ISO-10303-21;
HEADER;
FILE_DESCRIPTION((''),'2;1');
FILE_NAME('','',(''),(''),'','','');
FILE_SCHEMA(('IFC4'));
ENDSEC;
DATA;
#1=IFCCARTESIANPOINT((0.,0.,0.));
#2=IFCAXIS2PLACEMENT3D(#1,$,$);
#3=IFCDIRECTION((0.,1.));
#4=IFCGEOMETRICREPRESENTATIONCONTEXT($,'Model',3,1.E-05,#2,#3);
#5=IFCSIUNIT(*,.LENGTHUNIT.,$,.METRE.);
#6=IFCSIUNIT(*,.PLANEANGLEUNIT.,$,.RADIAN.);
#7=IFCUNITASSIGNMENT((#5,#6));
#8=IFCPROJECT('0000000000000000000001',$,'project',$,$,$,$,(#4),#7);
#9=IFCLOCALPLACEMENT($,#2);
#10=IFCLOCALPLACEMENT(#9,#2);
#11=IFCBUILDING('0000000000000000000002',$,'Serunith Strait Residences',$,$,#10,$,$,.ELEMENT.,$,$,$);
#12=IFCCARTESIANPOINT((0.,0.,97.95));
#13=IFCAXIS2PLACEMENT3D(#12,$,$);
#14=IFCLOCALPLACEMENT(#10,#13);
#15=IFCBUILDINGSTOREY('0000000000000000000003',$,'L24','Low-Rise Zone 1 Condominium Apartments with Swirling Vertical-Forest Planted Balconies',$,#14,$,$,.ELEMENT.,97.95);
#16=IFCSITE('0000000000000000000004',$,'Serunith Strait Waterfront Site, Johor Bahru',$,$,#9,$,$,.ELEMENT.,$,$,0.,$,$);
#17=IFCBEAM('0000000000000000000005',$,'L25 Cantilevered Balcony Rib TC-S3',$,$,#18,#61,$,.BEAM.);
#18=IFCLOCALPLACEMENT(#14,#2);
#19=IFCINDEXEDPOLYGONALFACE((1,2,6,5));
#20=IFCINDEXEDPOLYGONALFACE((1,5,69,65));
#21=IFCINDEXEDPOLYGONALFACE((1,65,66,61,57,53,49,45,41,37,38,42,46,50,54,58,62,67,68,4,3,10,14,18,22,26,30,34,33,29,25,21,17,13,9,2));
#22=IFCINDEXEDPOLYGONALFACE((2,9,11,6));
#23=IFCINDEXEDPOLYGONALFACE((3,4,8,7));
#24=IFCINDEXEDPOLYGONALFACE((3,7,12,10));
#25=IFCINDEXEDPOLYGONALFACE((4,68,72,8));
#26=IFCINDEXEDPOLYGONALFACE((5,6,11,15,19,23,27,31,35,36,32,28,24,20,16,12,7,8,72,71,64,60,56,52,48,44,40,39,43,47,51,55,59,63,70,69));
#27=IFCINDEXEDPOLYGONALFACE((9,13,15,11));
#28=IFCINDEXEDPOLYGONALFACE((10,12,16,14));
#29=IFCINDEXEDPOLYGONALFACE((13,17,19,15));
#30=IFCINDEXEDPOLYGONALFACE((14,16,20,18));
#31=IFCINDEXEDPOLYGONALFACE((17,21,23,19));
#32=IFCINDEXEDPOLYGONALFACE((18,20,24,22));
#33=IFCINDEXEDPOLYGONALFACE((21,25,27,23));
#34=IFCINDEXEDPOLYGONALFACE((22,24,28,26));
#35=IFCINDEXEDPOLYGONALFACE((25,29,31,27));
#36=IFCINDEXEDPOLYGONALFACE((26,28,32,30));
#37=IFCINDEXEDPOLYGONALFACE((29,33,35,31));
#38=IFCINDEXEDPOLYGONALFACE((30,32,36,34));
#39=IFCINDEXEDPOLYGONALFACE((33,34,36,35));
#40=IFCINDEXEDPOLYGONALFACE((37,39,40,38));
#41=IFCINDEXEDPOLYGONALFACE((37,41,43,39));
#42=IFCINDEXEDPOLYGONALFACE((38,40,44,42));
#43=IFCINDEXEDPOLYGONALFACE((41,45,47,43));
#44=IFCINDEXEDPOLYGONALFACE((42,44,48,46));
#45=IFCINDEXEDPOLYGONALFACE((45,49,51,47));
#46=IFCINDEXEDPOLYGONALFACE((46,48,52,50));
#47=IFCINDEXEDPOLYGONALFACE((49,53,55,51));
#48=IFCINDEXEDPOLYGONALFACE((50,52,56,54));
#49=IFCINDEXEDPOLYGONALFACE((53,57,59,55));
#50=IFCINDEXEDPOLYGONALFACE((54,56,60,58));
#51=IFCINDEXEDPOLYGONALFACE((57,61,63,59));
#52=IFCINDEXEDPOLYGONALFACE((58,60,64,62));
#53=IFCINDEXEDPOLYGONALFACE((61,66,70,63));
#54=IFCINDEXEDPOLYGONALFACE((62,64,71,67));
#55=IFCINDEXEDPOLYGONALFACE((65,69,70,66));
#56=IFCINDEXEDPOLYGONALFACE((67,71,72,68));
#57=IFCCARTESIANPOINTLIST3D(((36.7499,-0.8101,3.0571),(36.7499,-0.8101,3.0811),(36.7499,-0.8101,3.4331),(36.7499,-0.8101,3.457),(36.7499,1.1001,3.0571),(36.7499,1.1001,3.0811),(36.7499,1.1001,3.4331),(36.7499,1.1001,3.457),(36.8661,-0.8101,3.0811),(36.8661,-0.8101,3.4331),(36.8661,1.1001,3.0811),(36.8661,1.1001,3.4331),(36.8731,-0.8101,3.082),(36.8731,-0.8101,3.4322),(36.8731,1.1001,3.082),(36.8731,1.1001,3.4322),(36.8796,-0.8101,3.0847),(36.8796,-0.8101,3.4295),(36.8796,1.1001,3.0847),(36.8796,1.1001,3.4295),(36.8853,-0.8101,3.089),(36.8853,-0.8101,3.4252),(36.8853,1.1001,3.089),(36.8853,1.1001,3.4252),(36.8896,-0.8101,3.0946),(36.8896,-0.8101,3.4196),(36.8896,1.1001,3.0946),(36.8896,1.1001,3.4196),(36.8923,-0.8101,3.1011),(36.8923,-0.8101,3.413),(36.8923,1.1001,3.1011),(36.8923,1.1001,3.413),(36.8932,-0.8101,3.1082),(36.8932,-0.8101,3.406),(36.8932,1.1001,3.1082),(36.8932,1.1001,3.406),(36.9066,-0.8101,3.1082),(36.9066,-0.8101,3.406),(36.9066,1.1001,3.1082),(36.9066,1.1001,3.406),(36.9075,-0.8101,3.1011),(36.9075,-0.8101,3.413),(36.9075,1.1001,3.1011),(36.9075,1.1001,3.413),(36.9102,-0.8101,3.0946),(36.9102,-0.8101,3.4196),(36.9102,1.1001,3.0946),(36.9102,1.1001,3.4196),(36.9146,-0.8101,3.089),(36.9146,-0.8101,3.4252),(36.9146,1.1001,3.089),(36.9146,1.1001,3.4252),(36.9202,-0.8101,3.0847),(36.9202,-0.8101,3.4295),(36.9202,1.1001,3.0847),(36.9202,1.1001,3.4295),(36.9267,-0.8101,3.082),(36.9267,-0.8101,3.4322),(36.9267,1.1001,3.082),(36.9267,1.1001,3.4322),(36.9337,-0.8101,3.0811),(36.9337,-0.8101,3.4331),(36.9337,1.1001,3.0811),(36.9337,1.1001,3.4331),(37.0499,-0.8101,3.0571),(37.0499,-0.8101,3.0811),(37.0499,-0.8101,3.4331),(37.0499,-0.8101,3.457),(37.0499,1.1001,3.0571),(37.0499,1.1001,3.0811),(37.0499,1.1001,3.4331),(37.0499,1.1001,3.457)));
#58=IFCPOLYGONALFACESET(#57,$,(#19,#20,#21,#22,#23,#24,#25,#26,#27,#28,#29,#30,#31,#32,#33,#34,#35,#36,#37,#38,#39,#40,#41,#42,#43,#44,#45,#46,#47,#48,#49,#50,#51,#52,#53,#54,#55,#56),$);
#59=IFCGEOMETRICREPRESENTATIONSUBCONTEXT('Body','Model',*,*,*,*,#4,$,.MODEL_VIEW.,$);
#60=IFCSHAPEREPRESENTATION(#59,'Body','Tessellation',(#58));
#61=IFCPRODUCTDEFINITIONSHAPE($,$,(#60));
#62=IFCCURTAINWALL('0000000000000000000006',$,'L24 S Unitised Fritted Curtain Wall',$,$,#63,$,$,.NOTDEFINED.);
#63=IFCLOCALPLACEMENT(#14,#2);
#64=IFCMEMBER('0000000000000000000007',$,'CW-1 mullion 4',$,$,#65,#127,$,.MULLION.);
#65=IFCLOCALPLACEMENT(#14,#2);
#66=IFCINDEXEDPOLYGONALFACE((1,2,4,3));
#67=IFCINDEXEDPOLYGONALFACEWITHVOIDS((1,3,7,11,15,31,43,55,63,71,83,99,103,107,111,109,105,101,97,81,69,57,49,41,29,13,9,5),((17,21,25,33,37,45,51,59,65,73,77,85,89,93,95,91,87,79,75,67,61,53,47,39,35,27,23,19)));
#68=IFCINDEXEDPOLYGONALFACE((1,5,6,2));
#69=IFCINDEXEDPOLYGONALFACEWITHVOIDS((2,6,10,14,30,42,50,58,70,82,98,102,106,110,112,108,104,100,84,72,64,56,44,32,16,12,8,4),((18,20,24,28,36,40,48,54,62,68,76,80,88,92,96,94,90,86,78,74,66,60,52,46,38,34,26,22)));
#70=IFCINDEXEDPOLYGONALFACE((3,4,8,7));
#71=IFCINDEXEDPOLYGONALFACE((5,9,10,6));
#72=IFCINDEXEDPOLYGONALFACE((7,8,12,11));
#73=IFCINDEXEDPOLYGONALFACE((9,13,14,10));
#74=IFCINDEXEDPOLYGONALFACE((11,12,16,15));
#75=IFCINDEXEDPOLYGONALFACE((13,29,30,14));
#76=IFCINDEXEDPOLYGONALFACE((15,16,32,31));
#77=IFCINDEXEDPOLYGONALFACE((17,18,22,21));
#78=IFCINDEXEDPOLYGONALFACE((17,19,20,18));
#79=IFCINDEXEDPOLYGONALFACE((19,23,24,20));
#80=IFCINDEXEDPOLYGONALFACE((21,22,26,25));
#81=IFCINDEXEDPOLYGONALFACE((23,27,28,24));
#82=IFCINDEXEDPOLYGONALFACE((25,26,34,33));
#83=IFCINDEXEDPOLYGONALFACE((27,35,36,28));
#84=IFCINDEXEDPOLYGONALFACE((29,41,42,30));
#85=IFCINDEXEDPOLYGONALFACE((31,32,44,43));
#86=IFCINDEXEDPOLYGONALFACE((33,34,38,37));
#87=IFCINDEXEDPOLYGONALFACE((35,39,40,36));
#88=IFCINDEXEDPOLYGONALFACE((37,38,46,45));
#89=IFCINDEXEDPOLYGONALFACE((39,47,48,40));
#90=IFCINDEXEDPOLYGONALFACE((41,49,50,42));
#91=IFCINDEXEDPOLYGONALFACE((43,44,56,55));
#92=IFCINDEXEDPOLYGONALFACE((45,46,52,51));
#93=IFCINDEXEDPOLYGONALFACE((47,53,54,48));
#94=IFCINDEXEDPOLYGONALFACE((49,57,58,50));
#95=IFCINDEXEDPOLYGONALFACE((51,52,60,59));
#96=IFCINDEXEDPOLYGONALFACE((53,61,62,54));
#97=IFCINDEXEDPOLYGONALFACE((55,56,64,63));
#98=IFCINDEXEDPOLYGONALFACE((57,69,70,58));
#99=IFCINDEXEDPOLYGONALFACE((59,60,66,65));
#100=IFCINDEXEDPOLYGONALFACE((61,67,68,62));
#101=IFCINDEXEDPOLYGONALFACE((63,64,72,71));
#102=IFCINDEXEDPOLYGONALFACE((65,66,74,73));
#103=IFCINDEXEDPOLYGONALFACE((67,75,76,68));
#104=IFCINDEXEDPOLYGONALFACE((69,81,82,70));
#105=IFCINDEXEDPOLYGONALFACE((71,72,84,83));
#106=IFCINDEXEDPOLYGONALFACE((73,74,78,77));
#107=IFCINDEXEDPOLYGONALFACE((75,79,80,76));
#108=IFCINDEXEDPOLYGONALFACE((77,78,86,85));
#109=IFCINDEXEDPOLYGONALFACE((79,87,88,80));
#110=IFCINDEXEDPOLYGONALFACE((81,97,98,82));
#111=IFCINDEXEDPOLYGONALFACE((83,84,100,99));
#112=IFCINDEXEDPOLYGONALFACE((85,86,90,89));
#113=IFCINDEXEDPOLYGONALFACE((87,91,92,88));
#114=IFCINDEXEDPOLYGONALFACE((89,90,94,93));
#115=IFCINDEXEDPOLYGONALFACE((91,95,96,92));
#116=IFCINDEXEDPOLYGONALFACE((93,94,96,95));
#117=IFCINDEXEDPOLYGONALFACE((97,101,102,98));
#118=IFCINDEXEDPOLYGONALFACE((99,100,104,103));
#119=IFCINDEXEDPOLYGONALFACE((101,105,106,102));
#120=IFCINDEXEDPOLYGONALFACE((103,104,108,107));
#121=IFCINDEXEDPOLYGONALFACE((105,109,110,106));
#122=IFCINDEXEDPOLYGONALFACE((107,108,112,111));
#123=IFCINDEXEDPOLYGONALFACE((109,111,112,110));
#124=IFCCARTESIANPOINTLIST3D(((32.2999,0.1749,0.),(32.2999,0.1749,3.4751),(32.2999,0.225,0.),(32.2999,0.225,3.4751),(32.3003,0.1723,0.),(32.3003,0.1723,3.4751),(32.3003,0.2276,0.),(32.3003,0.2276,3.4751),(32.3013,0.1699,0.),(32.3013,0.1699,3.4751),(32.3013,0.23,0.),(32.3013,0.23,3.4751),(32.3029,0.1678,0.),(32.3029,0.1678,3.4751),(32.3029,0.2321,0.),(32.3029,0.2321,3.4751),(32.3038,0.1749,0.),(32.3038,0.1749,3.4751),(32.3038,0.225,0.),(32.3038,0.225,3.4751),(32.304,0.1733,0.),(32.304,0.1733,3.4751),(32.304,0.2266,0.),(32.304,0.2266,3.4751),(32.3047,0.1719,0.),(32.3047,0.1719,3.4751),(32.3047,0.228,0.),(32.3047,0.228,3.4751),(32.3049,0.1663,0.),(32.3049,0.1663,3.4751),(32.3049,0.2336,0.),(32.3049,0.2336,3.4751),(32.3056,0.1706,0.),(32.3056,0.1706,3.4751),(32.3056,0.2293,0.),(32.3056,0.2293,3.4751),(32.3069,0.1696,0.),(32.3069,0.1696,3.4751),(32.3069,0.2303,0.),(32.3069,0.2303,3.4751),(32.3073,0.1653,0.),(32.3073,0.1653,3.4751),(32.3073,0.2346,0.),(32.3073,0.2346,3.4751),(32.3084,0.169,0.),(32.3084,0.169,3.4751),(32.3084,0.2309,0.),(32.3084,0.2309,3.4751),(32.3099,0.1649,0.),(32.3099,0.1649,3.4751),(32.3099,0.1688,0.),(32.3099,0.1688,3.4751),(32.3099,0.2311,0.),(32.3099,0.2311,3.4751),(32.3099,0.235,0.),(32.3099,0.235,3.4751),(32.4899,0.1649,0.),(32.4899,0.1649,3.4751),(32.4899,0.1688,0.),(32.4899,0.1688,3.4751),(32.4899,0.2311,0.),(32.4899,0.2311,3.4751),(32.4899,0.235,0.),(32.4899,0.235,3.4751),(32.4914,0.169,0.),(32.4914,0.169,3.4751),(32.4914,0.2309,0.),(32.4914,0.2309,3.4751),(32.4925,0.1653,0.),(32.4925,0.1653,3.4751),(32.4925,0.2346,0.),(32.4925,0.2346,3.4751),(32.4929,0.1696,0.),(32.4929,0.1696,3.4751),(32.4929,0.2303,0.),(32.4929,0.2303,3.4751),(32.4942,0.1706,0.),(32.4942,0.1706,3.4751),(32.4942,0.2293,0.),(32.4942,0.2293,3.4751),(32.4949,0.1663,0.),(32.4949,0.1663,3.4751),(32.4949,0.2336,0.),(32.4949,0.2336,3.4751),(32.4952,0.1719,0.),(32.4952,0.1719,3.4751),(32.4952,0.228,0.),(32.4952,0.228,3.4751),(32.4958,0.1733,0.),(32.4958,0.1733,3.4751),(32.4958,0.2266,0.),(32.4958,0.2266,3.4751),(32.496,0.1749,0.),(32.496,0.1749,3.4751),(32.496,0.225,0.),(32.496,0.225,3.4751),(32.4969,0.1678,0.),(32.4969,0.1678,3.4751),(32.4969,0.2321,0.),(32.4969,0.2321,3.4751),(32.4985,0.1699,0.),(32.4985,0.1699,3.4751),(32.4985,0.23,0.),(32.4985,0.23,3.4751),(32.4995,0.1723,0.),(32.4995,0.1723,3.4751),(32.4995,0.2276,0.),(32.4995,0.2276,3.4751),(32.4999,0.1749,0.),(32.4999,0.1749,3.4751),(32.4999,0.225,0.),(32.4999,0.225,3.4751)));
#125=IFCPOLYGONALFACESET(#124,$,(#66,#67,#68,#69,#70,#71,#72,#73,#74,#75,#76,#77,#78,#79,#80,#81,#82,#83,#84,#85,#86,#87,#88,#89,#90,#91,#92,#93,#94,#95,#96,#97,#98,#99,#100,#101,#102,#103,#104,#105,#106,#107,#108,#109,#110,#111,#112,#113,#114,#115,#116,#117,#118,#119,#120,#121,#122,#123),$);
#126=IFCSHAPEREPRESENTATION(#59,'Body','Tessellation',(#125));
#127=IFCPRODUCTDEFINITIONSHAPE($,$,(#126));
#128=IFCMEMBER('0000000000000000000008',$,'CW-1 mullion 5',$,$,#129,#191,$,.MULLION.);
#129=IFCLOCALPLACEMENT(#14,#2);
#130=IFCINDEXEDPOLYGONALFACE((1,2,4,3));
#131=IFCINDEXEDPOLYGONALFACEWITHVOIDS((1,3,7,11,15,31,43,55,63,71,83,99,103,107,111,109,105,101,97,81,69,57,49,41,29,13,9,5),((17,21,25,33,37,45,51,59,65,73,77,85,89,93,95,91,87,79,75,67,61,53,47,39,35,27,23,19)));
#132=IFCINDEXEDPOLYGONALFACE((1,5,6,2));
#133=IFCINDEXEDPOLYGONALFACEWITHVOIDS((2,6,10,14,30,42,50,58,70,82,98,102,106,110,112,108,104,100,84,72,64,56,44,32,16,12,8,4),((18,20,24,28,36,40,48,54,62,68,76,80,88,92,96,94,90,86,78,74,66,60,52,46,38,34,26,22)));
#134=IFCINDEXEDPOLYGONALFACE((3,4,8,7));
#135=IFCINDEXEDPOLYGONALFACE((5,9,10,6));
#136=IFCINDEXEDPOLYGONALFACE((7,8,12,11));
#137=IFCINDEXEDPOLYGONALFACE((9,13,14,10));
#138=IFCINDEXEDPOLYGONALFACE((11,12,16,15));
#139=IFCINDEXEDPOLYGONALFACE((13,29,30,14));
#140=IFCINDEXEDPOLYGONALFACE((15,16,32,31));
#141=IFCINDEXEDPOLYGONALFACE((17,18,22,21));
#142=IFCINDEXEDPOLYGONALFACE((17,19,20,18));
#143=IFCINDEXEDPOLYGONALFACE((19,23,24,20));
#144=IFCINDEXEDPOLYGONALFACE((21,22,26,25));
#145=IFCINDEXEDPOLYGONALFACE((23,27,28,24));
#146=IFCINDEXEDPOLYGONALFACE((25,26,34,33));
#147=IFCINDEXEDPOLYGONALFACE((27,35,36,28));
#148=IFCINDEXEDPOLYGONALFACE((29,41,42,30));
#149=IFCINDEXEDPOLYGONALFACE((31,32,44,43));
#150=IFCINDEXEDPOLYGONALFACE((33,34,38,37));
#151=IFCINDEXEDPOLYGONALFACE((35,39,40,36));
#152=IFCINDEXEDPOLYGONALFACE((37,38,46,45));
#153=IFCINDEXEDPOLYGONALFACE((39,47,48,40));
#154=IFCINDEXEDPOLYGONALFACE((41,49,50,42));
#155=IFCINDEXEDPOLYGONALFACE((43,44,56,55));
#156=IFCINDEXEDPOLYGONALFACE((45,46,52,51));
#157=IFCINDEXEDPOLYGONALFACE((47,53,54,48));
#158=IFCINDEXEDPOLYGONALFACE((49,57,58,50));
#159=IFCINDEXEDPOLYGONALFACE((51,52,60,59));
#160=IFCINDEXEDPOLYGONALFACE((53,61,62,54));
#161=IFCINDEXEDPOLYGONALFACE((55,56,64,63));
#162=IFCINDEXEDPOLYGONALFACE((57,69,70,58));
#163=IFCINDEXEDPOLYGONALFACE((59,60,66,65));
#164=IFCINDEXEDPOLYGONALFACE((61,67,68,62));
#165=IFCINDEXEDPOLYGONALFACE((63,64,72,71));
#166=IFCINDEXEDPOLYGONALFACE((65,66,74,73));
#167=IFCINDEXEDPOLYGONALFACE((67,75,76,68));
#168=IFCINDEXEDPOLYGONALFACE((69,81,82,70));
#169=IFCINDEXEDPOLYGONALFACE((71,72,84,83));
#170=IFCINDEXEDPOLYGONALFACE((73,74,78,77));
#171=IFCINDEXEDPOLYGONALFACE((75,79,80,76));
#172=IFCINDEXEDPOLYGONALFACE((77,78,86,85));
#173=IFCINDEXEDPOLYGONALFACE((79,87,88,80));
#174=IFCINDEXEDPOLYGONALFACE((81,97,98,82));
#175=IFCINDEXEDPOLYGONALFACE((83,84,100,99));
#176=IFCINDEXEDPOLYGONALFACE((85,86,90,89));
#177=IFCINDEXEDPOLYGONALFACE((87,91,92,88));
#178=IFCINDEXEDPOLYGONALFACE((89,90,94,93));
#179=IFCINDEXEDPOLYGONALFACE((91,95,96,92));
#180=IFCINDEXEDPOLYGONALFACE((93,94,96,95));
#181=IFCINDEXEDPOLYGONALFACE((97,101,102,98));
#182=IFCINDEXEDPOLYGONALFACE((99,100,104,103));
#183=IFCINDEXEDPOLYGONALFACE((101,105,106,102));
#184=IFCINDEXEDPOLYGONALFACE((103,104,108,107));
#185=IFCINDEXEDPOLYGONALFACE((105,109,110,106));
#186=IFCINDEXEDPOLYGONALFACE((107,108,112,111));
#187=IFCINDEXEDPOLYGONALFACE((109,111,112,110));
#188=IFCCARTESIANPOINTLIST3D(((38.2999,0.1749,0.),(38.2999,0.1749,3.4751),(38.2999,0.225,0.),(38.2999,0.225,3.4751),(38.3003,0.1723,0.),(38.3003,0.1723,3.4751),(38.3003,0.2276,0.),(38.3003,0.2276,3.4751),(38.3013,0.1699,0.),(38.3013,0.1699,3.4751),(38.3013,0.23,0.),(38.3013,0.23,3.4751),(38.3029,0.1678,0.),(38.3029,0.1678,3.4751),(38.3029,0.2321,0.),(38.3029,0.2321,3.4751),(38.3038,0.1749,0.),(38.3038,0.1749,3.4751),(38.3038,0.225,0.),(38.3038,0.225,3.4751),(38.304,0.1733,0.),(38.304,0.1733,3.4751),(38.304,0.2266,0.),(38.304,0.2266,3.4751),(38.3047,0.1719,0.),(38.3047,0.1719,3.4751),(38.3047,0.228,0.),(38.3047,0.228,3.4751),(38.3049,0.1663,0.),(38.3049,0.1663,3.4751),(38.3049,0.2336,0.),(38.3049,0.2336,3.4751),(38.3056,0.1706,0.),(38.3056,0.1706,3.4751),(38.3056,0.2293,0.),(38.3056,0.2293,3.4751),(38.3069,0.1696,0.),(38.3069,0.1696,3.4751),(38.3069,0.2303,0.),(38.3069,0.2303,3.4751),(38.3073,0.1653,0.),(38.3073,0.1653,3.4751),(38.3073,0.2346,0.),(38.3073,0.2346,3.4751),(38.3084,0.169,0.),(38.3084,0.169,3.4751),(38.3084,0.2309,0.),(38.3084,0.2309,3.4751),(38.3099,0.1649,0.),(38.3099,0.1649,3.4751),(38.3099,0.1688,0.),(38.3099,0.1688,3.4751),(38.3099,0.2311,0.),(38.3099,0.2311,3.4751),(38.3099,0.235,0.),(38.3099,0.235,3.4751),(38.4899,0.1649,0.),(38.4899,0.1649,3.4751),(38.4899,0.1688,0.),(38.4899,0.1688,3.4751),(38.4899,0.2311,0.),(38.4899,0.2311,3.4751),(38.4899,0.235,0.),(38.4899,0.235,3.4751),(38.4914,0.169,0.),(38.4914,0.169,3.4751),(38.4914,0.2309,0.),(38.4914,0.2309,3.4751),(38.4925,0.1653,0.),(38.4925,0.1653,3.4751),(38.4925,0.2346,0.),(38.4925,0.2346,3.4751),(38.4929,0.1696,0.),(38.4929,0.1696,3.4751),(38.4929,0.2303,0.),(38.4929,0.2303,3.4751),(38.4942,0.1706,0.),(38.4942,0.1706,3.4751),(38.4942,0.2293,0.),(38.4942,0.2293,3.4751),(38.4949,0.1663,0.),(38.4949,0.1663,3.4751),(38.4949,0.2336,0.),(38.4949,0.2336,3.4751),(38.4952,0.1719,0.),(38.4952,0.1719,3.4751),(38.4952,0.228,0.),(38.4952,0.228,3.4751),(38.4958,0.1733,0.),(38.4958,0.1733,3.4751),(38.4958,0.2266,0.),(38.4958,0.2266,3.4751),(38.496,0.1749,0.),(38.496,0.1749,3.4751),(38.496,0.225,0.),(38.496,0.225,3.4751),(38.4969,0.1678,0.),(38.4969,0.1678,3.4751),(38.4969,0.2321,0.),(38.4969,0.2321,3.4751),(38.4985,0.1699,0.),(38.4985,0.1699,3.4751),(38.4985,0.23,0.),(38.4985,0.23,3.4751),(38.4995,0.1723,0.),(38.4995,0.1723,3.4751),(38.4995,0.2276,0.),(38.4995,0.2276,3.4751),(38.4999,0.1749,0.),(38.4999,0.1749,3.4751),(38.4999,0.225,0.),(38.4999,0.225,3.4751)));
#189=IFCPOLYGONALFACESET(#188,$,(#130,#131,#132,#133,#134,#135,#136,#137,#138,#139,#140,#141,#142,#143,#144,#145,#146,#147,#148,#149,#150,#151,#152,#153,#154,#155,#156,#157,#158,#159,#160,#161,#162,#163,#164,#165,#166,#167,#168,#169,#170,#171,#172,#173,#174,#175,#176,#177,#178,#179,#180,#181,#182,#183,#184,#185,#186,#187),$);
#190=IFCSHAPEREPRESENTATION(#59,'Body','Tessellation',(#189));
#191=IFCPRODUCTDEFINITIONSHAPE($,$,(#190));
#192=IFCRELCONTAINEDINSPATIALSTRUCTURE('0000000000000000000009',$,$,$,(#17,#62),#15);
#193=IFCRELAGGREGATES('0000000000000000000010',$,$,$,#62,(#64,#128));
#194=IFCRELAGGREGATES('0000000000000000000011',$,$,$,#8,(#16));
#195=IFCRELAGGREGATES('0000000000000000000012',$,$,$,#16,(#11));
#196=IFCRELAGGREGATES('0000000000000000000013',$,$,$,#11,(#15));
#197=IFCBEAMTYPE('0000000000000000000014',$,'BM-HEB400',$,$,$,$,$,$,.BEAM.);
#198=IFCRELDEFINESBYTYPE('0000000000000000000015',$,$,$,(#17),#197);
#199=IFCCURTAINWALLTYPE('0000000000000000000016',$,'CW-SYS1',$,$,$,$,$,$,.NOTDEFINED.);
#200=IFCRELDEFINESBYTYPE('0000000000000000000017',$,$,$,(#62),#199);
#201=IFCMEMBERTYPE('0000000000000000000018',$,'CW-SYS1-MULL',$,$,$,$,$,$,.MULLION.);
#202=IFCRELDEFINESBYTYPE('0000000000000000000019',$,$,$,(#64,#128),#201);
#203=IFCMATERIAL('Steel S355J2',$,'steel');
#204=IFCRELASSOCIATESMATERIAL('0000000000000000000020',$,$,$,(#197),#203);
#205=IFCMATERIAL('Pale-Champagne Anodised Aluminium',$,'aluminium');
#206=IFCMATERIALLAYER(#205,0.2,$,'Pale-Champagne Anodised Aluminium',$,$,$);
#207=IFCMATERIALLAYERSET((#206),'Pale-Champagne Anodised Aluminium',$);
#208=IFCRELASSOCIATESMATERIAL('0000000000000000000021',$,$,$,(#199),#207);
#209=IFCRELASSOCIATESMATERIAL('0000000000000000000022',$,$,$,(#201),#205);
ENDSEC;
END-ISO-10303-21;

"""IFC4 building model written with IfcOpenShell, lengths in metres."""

from ifc_helpers import new_model, si_unit, direction, frame, origin, origin_2d, place, context, subcontext, project, spatial, hollow_rectangle, i_section, extrude, source, transform, mapped, material, layer, layer_set, material_profile, profile_set, type_object, element, aggregate, save


model = new_model("IFC4")

# Units and contexts
model_context = context("Model", 3, precision=1e-05, world=origin(), true_north=direction((0.0, 1.0)))
body_context = subcontext(model_context, "Body", "Model", "MODEL_VIEW")
ifc_project = project(units=[si_unit("LENGTHUNIT", "METRE"), si_unit("PLANEANGLEUNIT", "RADIAN")], contexts=[model_context])

# Site, building, storey
site_placement = place(None, origin())
site = spatial("IfcSite", under=ifc_project, at=site_placement, Name="Serunith Strait Waterfront Site, Johor Bahru", CompositionType="ELEMENT", RefElevation=0.0)
building_placement = place(site_placement, origin())
building = spatial("IfcBuilding", under=site, at=building_placement, Name="Serunith Strait Residences", CompositionType="ELEMENT")
storey_placement = place(building_placement, frame((0.0, 0.0, 97.95)))
storey = spatial("IfcBuildingStorey", under=building, at=storey_placement, Name="L24", Description="Low-Rise Zone 1 Condominium Apartments with Swirling Vertical-Forest Planted Balconies", CompositionType="ELEMENT", Elevation=97.95)

# Beam
ifc_material_1 = material(Name="Steel S355J2", Category="steel")
ifc_material_profile_1 = material_profile(ifc_material_1, i_section(OverallWidth=0.3, OverallDepth=0.3999, WebThickness=0.0134, FlangeThickness=0.0239, FilletRadius=0.0271, at=origin_2d()), Name="HEB 400")
ifc_profile_set_1 = profile_set([ifc_material_profile_1], Name="Steel S355J2")
beam_type_1 = type_object("IfcBeamType", Name="BM-HEB400", PredefinedType="BEAM", material=ifc_profile_set_1)
shared_shape_1 = source(origin(), body_context, "Body", "SweptSolid", [
    extrude(i_section(OverallWidth=0.3, OverallDepth=0.3999, WebThickness=0.0134, FlangeThickness=0.0239, FilletRadius=0.0271, at=origin_2d()), origin(), (0.0, 0.0, 1.0), 1.9102),
])
beam_1_placement = place(storey_placement, frame((36.8999, 1.1001, 3.2571), z_axis=(0.0, -1.0, 0.0), x_axis=(1.0, 0.0, 0.0)))
element("IfcBeam", 1, at=beam_1_placement, inside=storey, type_object=beam_type_1, Name="L25 Cantilevered Balcony Rib TC-S3", PredefinedType="BEAM", context=body_context, shape_type="MappedRepresentation", body=[
    mapped(shared_shape_1, transform((0.0, 0.0, 0.0), scale=1.0)),
])

# Curtain wall, members
ifc_material_2 = material(Name="Pale-Champagne Anodised Aluminium", Category="aluminium")
ifc_layer_1 = layer(ifc_material_2, 0.2, Name="Pale-Champagne Anodised Aluminium")
ifc_layer_set_1 = layer_set([ifc_layer_1], Name="Pale-Champagne Anodised Aluminium")
curtain_wall_type = type_object("IfcCurtainWallType", Name="CW-SYS1", PredefinedType="NOTDEFINED", material=ifc_layer_set_1)
curtain_wall_placement = place(storey_placement, origin())
curtain_wall = element("IfcCurtainWall", 2, at=curtain_wall_placement, inside=storey, type_object=curtain_wall_type, Name="L24 S Unitised Fritted Curtain Wall", PredefinedType="NOTDEFINED")
ifc_material_profile_2 = material_profile(ifc_material_2, hollow_rectangle(XDim=0.0701, YDim=0.2, WallThickness=0.0039, InnerFilletRadius=0.0061, OuterFilletRadius=0.01, at=origin_2d()), Name="ALU 200x70x4")
ifc_profile_set_2 = profile_set([ifc_material_profile_2], Name="Pale-Champagne Anodised Aluminium")
member_type_1 = type_object("IfcMemberType", Name="CW-SYS1-MULL", PredefinedType="MULLION", material=ifc_profile_set_2)
shared_shape_2 = source(origin(), body_context, "Body", "SweptSolid", [
    extrude(hollow_rectangle(XDim=0.0701, YDim=0.2, WallThickness=0.0039, InnerFilletRadius=0.0061, OuterFilletRadius=0.01, at=origin_2d()), origin(), (0.0, 0.0, 1.0), 3.4751),
])
member_1_placement = place(storey_placement, frame((32.3999, 0.2, 0.0), z_axis=(0.0, 0.0, 1.0), x_axis=(0.0, 1.0, 0.0)))
member_1 = element("IfcMember", 3, at=member_1_placement, type_object=member_type_1, Name="CW-1 mullion 4", PredefinedType="MULLION", context=body_context, shape_type="MappedRepresentation", body=[
    mapped(shared_shape_2, transform((0.0, 0.0, 0.0), scale=1.0)),
])
member_2_placement = place(storey_placement, frame((38.3999, 0.2, 0.0), z_axis=(0.0, 0.0, 1.0), x_axis=(0.0, 1.0, 0.0)))
member_2 = element("IfcMember", 4, at=member_2_placement, type_object=member_type_1, Name="CW-1 mullion 5", PredefinedType="MULLION", context=body_context, shape_type="MappedRepresentation", body=[
    mapped(shared_shape_2, transform((0.0, 0.0, 0.0), scale=1.0)),
])
aggregate(curtain_wall, [member_1, member_2])

save(model, "model.ifc")
